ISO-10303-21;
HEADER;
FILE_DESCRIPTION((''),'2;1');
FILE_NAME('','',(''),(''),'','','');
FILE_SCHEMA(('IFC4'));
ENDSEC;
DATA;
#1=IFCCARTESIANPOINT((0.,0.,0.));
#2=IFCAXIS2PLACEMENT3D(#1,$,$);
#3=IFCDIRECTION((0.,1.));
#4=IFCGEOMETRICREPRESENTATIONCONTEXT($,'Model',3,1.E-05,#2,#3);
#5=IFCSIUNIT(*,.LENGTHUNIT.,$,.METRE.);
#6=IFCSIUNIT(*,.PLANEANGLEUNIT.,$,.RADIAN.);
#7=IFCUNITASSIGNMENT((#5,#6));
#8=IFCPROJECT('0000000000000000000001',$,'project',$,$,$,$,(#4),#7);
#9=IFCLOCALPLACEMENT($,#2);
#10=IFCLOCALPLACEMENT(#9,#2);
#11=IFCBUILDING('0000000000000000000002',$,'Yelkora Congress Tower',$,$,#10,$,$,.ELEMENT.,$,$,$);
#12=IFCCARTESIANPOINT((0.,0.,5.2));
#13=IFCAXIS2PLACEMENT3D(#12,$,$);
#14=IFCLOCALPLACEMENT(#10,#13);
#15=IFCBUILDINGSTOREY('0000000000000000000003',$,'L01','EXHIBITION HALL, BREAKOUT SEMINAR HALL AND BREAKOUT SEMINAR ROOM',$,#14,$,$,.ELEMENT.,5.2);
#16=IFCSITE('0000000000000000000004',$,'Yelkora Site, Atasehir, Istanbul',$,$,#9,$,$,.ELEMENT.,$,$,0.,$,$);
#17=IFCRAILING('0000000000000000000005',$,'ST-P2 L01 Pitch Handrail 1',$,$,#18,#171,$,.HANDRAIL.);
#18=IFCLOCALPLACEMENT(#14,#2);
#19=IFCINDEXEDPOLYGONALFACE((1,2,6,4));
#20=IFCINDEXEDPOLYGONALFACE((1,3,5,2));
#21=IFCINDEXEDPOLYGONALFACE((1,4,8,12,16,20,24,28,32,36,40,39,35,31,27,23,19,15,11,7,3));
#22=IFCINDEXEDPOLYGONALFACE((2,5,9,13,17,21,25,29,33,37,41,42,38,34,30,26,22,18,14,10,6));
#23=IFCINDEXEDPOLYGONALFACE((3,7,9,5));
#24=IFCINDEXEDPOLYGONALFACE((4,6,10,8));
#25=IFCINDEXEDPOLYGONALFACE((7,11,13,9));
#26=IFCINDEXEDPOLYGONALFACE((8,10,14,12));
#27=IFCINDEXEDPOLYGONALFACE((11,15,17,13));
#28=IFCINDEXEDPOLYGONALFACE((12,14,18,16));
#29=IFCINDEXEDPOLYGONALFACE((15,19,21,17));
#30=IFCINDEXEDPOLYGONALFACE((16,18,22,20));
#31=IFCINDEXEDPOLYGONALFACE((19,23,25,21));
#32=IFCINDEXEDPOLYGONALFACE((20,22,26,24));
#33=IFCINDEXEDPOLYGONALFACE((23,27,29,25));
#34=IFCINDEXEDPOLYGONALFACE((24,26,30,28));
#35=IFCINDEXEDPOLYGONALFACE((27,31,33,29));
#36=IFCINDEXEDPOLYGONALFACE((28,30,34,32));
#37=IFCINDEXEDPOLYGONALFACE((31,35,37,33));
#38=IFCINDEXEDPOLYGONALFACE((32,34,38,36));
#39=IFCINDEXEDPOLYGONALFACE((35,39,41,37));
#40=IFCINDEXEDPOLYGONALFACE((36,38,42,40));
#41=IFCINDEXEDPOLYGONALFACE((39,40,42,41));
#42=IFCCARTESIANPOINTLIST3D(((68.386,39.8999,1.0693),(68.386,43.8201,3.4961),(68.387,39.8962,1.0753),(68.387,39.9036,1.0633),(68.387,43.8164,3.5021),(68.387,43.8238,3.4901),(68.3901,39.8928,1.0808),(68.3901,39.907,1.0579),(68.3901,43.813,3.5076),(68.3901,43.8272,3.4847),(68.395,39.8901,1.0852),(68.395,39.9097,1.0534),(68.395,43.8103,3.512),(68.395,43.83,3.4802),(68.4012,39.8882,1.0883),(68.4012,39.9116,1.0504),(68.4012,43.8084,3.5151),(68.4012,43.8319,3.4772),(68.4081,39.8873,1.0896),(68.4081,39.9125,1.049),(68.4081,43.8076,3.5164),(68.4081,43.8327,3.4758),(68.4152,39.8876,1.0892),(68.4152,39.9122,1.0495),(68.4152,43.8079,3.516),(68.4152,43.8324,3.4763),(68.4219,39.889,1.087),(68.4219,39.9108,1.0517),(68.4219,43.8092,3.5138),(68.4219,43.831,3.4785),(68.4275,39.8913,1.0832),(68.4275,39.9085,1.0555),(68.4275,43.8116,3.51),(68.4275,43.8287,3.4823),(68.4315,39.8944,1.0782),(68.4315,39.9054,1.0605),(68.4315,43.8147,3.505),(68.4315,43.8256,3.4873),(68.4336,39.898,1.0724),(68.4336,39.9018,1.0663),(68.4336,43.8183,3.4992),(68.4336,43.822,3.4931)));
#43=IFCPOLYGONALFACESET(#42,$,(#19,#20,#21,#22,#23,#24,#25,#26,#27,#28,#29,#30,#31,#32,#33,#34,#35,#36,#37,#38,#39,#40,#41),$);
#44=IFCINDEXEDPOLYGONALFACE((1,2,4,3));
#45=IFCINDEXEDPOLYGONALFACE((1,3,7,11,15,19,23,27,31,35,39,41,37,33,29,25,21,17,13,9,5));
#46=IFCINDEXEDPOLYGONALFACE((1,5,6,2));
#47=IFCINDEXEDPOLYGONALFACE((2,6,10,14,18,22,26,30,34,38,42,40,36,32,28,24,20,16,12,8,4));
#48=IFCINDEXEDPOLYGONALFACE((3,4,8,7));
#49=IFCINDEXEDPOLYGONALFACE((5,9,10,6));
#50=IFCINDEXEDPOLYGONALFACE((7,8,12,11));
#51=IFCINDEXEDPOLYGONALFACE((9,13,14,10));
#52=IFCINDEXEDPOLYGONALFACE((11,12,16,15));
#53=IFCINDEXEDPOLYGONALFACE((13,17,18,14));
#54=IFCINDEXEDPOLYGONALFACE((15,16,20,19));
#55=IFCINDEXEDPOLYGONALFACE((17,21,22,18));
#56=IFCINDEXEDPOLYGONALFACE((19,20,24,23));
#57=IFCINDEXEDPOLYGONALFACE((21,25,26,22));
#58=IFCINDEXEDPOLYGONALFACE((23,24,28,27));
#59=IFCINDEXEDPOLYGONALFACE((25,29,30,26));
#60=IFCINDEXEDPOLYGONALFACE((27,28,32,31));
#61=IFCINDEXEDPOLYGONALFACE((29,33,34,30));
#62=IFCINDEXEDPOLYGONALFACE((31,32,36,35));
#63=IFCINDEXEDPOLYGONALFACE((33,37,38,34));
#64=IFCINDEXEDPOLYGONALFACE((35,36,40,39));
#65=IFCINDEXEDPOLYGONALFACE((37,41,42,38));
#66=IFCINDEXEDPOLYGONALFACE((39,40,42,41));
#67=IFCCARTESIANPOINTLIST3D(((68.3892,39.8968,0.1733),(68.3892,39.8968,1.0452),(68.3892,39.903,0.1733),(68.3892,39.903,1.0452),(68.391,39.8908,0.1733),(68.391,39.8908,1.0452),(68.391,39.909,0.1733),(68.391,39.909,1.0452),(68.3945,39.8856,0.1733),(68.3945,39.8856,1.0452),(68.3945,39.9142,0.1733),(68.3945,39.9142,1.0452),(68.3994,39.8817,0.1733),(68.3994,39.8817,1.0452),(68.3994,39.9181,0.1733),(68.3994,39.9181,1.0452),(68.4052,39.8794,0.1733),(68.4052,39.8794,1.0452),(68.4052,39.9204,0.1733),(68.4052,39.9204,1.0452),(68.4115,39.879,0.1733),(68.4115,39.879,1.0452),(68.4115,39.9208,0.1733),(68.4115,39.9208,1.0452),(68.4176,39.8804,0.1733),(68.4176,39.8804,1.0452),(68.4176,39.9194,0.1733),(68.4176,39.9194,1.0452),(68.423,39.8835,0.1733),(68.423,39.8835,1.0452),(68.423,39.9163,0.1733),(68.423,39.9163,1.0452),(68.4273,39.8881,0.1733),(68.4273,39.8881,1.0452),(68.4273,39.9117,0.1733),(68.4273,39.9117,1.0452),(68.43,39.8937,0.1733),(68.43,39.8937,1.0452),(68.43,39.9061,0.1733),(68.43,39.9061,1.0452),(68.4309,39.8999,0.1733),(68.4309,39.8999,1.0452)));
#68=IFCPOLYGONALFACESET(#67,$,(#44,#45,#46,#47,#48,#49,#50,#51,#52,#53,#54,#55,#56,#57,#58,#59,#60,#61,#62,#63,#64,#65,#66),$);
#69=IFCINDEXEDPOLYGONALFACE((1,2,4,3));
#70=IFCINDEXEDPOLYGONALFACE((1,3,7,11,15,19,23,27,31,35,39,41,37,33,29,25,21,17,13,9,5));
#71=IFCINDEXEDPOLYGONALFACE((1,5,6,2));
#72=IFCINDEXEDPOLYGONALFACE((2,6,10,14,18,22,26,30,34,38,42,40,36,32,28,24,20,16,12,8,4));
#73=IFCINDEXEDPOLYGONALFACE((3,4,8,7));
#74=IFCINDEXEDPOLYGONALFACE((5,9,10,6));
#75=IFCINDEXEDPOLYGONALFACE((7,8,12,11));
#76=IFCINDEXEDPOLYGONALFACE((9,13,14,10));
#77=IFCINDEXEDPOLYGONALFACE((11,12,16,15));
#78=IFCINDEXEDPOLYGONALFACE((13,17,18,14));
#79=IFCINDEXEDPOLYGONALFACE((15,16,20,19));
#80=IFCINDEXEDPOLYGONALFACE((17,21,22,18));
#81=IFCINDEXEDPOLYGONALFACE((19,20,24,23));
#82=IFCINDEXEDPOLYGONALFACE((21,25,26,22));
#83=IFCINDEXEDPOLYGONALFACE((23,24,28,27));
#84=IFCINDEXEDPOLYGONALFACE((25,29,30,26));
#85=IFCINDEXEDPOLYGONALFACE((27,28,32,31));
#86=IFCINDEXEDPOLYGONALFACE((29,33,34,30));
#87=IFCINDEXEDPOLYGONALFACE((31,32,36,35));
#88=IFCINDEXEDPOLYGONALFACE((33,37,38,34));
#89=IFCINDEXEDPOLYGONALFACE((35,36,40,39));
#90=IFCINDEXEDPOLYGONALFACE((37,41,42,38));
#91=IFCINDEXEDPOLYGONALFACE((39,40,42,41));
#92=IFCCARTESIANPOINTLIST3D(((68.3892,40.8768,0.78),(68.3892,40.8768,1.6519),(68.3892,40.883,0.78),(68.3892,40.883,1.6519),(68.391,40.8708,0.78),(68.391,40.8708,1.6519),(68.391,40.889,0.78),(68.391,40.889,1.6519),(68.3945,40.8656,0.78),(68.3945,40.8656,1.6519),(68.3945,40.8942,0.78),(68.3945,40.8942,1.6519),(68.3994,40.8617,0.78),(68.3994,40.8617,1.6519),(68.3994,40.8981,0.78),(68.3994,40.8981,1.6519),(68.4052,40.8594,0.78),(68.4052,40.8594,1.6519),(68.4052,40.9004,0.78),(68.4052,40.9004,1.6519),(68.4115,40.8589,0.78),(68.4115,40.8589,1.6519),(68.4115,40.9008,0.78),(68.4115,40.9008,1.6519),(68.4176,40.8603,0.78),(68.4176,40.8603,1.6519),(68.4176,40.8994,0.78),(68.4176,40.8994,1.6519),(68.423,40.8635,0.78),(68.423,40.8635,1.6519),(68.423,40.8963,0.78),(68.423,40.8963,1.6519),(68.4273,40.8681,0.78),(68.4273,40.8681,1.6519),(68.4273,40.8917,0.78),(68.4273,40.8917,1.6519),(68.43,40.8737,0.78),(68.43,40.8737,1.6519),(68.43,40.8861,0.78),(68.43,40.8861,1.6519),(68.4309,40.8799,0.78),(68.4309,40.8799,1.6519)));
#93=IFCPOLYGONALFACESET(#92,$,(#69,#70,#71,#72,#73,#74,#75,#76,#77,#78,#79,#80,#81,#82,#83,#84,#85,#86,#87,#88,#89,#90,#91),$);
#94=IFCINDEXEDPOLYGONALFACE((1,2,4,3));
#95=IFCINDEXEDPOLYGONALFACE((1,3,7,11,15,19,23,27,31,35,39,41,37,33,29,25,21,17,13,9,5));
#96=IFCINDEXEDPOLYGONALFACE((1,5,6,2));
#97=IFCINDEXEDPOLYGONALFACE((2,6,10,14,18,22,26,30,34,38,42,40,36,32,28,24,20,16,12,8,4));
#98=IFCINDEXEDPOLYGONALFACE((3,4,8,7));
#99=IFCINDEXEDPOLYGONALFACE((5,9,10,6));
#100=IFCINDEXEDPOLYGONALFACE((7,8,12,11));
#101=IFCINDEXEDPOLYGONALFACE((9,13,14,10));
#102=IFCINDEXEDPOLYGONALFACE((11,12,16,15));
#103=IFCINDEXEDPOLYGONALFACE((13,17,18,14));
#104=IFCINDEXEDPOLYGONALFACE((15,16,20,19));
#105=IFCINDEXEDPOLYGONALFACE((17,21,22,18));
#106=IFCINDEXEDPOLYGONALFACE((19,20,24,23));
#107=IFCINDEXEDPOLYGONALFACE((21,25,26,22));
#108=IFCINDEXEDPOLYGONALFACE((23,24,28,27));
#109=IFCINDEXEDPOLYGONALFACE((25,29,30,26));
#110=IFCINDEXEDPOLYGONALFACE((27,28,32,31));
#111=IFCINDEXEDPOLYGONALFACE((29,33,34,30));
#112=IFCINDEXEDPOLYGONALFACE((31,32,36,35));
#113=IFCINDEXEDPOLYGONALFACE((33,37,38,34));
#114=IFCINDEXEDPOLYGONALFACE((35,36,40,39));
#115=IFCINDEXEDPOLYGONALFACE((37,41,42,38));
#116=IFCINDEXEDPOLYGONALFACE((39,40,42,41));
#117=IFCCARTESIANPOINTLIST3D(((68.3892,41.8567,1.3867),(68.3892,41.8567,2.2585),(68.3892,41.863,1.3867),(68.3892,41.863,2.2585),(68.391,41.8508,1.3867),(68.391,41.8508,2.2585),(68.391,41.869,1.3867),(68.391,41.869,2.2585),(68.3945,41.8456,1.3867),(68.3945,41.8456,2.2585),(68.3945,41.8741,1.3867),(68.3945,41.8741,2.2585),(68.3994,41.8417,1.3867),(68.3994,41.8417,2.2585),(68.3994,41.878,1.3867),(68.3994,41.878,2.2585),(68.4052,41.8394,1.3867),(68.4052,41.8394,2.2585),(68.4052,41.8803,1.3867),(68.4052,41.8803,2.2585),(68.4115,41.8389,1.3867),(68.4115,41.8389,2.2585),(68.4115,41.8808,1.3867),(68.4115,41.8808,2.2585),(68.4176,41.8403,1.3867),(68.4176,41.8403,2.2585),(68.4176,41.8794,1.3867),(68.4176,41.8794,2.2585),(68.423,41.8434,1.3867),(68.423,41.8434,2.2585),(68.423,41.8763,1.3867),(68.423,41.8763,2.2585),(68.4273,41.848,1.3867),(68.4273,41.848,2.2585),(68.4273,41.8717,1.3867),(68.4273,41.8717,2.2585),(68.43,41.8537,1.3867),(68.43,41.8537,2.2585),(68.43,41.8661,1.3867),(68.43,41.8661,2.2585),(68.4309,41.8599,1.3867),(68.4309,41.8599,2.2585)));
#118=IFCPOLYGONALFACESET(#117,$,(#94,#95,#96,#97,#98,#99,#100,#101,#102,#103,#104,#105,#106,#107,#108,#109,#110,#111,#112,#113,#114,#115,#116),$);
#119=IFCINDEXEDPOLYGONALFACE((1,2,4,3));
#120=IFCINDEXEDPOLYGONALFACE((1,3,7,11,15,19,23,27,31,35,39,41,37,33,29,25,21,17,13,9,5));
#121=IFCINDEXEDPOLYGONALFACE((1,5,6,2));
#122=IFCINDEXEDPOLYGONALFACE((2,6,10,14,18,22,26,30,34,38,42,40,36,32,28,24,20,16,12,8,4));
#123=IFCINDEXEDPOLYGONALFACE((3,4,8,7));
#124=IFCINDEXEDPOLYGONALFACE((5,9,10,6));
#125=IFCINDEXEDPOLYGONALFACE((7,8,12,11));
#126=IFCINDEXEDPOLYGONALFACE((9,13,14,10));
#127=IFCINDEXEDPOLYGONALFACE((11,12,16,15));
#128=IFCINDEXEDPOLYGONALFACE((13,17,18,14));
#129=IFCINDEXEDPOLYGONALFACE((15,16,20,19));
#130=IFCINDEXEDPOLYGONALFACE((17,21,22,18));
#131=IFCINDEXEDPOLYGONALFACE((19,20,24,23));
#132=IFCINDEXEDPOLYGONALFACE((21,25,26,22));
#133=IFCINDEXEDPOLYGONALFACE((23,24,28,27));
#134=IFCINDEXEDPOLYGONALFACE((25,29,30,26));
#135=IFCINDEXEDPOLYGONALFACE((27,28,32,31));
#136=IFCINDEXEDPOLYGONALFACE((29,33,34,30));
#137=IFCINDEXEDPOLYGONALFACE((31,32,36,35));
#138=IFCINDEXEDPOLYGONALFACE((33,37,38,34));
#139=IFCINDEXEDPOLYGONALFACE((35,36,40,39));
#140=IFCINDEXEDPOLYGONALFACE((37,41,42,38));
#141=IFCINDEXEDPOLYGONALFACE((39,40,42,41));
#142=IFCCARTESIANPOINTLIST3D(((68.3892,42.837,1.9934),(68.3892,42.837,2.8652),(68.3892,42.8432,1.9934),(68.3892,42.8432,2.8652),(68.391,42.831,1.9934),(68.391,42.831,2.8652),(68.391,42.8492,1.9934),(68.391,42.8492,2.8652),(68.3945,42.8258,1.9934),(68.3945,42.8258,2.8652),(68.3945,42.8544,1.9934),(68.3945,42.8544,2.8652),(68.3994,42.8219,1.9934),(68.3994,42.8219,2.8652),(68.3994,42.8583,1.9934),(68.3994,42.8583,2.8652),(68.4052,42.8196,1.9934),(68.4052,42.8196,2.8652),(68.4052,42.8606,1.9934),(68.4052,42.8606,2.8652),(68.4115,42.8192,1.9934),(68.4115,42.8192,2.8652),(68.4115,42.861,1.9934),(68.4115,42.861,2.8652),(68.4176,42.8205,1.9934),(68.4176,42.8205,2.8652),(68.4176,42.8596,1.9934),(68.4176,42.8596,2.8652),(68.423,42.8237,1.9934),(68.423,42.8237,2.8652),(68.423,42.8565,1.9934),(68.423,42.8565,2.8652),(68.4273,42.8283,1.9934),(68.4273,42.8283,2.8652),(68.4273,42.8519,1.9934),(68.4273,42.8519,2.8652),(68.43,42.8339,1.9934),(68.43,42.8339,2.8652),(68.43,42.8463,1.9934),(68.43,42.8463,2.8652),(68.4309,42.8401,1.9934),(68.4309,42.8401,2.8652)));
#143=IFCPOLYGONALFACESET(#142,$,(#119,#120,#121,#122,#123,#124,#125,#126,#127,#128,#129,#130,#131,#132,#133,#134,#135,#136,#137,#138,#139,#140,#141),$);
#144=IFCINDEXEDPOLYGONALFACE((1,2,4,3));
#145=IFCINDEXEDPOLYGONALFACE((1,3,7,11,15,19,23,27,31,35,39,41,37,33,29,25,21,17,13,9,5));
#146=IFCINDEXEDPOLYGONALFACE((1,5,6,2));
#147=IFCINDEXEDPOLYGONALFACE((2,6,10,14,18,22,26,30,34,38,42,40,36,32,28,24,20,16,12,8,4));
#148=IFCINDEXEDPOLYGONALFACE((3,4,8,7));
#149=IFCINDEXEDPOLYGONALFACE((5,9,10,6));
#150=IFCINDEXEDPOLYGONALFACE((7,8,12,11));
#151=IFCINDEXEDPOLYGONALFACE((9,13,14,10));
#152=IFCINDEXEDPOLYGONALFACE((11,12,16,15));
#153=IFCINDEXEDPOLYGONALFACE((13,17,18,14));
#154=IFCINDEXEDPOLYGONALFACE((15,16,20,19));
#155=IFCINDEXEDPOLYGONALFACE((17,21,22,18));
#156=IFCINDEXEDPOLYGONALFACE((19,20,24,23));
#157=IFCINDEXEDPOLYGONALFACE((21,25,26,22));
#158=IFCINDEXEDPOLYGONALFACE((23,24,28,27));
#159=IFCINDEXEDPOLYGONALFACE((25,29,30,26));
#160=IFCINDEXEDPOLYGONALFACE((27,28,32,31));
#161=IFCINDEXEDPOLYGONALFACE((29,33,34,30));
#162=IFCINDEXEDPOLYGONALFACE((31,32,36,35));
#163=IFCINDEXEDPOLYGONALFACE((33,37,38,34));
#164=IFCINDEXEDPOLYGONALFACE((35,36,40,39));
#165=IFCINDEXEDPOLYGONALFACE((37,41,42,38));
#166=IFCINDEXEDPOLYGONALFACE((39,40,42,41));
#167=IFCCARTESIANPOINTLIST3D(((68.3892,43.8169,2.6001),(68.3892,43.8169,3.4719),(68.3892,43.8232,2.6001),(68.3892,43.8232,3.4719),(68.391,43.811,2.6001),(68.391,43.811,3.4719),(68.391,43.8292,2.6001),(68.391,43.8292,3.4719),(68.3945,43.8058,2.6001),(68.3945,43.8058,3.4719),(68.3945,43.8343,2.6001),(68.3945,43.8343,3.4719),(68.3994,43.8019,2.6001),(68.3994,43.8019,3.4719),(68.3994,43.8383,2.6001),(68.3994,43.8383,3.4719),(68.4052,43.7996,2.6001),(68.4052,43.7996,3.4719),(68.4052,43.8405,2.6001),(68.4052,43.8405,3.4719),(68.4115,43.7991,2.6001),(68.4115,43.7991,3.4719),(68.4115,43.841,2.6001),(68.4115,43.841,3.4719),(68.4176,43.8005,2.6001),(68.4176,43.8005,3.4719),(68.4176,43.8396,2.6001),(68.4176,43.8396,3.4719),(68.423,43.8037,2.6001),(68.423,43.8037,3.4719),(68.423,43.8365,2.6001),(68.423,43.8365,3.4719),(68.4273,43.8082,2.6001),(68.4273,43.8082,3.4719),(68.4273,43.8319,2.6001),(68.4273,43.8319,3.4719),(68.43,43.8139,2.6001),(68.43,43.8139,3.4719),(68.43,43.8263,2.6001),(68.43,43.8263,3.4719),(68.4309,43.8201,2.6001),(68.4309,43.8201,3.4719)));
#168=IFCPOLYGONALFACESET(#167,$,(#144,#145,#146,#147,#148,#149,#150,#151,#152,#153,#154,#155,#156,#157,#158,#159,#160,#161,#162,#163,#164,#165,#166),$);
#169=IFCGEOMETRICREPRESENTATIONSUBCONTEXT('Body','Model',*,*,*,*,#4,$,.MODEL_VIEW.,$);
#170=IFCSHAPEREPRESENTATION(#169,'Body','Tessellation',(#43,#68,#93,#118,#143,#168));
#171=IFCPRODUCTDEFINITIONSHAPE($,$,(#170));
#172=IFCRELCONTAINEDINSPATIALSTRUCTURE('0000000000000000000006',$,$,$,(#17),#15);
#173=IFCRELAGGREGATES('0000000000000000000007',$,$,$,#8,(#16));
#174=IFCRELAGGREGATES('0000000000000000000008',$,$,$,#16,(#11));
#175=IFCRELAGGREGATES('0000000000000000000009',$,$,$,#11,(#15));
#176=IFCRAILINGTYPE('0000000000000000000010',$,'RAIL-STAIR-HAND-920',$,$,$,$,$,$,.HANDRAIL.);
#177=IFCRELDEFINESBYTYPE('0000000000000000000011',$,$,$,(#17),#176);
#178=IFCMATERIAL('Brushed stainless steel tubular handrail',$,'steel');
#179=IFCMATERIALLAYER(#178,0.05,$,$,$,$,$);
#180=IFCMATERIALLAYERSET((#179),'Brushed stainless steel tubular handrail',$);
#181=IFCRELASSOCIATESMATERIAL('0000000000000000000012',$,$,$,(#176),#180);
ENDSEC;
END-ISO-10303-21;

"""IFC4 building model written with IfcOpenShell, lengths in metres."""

from ifc_helpers import new_model, si_unit, direction, frame, origin, origin_2d, place, context, subcontext, project, spatial, circle, extrude, material, layer, layer_set, type_object, element, save


model = new_model("IFC4")

# Units and contexts
model_context = context("Model", 3, precision=1e-05, world=origin(), true_north=direction((0.0, 1.0)))
body_context = subcontext(model_context, "Body", "Model", "MODEL_VIEW")
ifc_project = project(units=[si_unit("LENGTHUNIT", "METRE"), si_unit("PLANEANGLEUNIT", "RADIAN")], contexts=[model_context])

# Site, building, storey
site_placement = place(None, origin())
site = spatial("IfcSite", under=ifc_project, at=site_placement, Name="Yelkora Site, Atasehir, Istanbul", CompositionType="ELEMENT", RefElevation=0.0)
building_placement = place(site_placement, origin())
building = spatial("IfcBuilding", under=site, at=building_placement, Name="Yelkora Congress Tower", CompositionType="ELEMENT")
storey_placement = place(building_placement, frame((0.0, 0.0, 5.2)))
storey = spatial("IfcBuildingStorey", under=building, at=storey_placement, Name="L01", Description="EXHIBITION HALL, BREAKOUT SEMINAR HALL AND BREAKOUT SEMINAR ROOM", CompositionType="ELEMENT", Elevation=5.2)

# Railing
ifc_material_1 = material(Name="Brushed stainless steel tubular handrail", Category="steel")
ifc_layer_1 = layer(ifc_material_1, 0.05)
ifc_layer_set_1 = layer_set([ifc_layer_1], Name="Brushed stainless steel tubular handrail")
railing_type_1 = type_object("IfcRailingType", Name="RAIL-STAIR-HAND-920", PredefinedType="HANDRAIL", material=ifc_layer_set_1)
railing_1_placement = place(storey_placement, frame((68.4099, 39.8999, 0.1733)))
element("IfcRailing", 1, at=railing_1_placement, inside=storey, type_object=railing_type_1, Name="ST-P2 L01 Pitch Handrail 1", PredefinedType="HANDRAIL", context=body_context, shape_type="SweptSolid", body=[
    extrude(circle(Radius=0.0239, at=origin_2d()), frame((0.0, 0.0, 0.896), z_axis=(0.0, 0.850266, 0.526353), x_axis=(-1.0, 0.0, 0.0)), (0.0, 0.0, 1.0), 4.6106),
    extrude(circle(Radius=0.021, at=origin_2d()), origin(), (0.0, 0.0, 1.0), 0.8718),
    extrude(circle(Radius=0.021, at=origin_2d()), frame((0.0, 0.98, 0.6067)), (0.0, 0.0, 1.0), 0.8718),
    extrude(circle(Radius=0.021, at=origin_2d()), frame((0.0, 1.96, 1.2134)), (0.0, 0.0, 1.0), 0.8718),
    extrude(circle(Radius=0.021, at=origin_2d()), frame((0.0, 2.9402, 1.8201)), (0.0, 0.0, 1.0), 0.8718),
    extrude(circle(Radius=0.021, at=origin_2d()), frame((0.0, 3.9202, 2.4268)), (0.0, 0.0, 1.0), 0.8718),
])

save(model, "model.ifc")
